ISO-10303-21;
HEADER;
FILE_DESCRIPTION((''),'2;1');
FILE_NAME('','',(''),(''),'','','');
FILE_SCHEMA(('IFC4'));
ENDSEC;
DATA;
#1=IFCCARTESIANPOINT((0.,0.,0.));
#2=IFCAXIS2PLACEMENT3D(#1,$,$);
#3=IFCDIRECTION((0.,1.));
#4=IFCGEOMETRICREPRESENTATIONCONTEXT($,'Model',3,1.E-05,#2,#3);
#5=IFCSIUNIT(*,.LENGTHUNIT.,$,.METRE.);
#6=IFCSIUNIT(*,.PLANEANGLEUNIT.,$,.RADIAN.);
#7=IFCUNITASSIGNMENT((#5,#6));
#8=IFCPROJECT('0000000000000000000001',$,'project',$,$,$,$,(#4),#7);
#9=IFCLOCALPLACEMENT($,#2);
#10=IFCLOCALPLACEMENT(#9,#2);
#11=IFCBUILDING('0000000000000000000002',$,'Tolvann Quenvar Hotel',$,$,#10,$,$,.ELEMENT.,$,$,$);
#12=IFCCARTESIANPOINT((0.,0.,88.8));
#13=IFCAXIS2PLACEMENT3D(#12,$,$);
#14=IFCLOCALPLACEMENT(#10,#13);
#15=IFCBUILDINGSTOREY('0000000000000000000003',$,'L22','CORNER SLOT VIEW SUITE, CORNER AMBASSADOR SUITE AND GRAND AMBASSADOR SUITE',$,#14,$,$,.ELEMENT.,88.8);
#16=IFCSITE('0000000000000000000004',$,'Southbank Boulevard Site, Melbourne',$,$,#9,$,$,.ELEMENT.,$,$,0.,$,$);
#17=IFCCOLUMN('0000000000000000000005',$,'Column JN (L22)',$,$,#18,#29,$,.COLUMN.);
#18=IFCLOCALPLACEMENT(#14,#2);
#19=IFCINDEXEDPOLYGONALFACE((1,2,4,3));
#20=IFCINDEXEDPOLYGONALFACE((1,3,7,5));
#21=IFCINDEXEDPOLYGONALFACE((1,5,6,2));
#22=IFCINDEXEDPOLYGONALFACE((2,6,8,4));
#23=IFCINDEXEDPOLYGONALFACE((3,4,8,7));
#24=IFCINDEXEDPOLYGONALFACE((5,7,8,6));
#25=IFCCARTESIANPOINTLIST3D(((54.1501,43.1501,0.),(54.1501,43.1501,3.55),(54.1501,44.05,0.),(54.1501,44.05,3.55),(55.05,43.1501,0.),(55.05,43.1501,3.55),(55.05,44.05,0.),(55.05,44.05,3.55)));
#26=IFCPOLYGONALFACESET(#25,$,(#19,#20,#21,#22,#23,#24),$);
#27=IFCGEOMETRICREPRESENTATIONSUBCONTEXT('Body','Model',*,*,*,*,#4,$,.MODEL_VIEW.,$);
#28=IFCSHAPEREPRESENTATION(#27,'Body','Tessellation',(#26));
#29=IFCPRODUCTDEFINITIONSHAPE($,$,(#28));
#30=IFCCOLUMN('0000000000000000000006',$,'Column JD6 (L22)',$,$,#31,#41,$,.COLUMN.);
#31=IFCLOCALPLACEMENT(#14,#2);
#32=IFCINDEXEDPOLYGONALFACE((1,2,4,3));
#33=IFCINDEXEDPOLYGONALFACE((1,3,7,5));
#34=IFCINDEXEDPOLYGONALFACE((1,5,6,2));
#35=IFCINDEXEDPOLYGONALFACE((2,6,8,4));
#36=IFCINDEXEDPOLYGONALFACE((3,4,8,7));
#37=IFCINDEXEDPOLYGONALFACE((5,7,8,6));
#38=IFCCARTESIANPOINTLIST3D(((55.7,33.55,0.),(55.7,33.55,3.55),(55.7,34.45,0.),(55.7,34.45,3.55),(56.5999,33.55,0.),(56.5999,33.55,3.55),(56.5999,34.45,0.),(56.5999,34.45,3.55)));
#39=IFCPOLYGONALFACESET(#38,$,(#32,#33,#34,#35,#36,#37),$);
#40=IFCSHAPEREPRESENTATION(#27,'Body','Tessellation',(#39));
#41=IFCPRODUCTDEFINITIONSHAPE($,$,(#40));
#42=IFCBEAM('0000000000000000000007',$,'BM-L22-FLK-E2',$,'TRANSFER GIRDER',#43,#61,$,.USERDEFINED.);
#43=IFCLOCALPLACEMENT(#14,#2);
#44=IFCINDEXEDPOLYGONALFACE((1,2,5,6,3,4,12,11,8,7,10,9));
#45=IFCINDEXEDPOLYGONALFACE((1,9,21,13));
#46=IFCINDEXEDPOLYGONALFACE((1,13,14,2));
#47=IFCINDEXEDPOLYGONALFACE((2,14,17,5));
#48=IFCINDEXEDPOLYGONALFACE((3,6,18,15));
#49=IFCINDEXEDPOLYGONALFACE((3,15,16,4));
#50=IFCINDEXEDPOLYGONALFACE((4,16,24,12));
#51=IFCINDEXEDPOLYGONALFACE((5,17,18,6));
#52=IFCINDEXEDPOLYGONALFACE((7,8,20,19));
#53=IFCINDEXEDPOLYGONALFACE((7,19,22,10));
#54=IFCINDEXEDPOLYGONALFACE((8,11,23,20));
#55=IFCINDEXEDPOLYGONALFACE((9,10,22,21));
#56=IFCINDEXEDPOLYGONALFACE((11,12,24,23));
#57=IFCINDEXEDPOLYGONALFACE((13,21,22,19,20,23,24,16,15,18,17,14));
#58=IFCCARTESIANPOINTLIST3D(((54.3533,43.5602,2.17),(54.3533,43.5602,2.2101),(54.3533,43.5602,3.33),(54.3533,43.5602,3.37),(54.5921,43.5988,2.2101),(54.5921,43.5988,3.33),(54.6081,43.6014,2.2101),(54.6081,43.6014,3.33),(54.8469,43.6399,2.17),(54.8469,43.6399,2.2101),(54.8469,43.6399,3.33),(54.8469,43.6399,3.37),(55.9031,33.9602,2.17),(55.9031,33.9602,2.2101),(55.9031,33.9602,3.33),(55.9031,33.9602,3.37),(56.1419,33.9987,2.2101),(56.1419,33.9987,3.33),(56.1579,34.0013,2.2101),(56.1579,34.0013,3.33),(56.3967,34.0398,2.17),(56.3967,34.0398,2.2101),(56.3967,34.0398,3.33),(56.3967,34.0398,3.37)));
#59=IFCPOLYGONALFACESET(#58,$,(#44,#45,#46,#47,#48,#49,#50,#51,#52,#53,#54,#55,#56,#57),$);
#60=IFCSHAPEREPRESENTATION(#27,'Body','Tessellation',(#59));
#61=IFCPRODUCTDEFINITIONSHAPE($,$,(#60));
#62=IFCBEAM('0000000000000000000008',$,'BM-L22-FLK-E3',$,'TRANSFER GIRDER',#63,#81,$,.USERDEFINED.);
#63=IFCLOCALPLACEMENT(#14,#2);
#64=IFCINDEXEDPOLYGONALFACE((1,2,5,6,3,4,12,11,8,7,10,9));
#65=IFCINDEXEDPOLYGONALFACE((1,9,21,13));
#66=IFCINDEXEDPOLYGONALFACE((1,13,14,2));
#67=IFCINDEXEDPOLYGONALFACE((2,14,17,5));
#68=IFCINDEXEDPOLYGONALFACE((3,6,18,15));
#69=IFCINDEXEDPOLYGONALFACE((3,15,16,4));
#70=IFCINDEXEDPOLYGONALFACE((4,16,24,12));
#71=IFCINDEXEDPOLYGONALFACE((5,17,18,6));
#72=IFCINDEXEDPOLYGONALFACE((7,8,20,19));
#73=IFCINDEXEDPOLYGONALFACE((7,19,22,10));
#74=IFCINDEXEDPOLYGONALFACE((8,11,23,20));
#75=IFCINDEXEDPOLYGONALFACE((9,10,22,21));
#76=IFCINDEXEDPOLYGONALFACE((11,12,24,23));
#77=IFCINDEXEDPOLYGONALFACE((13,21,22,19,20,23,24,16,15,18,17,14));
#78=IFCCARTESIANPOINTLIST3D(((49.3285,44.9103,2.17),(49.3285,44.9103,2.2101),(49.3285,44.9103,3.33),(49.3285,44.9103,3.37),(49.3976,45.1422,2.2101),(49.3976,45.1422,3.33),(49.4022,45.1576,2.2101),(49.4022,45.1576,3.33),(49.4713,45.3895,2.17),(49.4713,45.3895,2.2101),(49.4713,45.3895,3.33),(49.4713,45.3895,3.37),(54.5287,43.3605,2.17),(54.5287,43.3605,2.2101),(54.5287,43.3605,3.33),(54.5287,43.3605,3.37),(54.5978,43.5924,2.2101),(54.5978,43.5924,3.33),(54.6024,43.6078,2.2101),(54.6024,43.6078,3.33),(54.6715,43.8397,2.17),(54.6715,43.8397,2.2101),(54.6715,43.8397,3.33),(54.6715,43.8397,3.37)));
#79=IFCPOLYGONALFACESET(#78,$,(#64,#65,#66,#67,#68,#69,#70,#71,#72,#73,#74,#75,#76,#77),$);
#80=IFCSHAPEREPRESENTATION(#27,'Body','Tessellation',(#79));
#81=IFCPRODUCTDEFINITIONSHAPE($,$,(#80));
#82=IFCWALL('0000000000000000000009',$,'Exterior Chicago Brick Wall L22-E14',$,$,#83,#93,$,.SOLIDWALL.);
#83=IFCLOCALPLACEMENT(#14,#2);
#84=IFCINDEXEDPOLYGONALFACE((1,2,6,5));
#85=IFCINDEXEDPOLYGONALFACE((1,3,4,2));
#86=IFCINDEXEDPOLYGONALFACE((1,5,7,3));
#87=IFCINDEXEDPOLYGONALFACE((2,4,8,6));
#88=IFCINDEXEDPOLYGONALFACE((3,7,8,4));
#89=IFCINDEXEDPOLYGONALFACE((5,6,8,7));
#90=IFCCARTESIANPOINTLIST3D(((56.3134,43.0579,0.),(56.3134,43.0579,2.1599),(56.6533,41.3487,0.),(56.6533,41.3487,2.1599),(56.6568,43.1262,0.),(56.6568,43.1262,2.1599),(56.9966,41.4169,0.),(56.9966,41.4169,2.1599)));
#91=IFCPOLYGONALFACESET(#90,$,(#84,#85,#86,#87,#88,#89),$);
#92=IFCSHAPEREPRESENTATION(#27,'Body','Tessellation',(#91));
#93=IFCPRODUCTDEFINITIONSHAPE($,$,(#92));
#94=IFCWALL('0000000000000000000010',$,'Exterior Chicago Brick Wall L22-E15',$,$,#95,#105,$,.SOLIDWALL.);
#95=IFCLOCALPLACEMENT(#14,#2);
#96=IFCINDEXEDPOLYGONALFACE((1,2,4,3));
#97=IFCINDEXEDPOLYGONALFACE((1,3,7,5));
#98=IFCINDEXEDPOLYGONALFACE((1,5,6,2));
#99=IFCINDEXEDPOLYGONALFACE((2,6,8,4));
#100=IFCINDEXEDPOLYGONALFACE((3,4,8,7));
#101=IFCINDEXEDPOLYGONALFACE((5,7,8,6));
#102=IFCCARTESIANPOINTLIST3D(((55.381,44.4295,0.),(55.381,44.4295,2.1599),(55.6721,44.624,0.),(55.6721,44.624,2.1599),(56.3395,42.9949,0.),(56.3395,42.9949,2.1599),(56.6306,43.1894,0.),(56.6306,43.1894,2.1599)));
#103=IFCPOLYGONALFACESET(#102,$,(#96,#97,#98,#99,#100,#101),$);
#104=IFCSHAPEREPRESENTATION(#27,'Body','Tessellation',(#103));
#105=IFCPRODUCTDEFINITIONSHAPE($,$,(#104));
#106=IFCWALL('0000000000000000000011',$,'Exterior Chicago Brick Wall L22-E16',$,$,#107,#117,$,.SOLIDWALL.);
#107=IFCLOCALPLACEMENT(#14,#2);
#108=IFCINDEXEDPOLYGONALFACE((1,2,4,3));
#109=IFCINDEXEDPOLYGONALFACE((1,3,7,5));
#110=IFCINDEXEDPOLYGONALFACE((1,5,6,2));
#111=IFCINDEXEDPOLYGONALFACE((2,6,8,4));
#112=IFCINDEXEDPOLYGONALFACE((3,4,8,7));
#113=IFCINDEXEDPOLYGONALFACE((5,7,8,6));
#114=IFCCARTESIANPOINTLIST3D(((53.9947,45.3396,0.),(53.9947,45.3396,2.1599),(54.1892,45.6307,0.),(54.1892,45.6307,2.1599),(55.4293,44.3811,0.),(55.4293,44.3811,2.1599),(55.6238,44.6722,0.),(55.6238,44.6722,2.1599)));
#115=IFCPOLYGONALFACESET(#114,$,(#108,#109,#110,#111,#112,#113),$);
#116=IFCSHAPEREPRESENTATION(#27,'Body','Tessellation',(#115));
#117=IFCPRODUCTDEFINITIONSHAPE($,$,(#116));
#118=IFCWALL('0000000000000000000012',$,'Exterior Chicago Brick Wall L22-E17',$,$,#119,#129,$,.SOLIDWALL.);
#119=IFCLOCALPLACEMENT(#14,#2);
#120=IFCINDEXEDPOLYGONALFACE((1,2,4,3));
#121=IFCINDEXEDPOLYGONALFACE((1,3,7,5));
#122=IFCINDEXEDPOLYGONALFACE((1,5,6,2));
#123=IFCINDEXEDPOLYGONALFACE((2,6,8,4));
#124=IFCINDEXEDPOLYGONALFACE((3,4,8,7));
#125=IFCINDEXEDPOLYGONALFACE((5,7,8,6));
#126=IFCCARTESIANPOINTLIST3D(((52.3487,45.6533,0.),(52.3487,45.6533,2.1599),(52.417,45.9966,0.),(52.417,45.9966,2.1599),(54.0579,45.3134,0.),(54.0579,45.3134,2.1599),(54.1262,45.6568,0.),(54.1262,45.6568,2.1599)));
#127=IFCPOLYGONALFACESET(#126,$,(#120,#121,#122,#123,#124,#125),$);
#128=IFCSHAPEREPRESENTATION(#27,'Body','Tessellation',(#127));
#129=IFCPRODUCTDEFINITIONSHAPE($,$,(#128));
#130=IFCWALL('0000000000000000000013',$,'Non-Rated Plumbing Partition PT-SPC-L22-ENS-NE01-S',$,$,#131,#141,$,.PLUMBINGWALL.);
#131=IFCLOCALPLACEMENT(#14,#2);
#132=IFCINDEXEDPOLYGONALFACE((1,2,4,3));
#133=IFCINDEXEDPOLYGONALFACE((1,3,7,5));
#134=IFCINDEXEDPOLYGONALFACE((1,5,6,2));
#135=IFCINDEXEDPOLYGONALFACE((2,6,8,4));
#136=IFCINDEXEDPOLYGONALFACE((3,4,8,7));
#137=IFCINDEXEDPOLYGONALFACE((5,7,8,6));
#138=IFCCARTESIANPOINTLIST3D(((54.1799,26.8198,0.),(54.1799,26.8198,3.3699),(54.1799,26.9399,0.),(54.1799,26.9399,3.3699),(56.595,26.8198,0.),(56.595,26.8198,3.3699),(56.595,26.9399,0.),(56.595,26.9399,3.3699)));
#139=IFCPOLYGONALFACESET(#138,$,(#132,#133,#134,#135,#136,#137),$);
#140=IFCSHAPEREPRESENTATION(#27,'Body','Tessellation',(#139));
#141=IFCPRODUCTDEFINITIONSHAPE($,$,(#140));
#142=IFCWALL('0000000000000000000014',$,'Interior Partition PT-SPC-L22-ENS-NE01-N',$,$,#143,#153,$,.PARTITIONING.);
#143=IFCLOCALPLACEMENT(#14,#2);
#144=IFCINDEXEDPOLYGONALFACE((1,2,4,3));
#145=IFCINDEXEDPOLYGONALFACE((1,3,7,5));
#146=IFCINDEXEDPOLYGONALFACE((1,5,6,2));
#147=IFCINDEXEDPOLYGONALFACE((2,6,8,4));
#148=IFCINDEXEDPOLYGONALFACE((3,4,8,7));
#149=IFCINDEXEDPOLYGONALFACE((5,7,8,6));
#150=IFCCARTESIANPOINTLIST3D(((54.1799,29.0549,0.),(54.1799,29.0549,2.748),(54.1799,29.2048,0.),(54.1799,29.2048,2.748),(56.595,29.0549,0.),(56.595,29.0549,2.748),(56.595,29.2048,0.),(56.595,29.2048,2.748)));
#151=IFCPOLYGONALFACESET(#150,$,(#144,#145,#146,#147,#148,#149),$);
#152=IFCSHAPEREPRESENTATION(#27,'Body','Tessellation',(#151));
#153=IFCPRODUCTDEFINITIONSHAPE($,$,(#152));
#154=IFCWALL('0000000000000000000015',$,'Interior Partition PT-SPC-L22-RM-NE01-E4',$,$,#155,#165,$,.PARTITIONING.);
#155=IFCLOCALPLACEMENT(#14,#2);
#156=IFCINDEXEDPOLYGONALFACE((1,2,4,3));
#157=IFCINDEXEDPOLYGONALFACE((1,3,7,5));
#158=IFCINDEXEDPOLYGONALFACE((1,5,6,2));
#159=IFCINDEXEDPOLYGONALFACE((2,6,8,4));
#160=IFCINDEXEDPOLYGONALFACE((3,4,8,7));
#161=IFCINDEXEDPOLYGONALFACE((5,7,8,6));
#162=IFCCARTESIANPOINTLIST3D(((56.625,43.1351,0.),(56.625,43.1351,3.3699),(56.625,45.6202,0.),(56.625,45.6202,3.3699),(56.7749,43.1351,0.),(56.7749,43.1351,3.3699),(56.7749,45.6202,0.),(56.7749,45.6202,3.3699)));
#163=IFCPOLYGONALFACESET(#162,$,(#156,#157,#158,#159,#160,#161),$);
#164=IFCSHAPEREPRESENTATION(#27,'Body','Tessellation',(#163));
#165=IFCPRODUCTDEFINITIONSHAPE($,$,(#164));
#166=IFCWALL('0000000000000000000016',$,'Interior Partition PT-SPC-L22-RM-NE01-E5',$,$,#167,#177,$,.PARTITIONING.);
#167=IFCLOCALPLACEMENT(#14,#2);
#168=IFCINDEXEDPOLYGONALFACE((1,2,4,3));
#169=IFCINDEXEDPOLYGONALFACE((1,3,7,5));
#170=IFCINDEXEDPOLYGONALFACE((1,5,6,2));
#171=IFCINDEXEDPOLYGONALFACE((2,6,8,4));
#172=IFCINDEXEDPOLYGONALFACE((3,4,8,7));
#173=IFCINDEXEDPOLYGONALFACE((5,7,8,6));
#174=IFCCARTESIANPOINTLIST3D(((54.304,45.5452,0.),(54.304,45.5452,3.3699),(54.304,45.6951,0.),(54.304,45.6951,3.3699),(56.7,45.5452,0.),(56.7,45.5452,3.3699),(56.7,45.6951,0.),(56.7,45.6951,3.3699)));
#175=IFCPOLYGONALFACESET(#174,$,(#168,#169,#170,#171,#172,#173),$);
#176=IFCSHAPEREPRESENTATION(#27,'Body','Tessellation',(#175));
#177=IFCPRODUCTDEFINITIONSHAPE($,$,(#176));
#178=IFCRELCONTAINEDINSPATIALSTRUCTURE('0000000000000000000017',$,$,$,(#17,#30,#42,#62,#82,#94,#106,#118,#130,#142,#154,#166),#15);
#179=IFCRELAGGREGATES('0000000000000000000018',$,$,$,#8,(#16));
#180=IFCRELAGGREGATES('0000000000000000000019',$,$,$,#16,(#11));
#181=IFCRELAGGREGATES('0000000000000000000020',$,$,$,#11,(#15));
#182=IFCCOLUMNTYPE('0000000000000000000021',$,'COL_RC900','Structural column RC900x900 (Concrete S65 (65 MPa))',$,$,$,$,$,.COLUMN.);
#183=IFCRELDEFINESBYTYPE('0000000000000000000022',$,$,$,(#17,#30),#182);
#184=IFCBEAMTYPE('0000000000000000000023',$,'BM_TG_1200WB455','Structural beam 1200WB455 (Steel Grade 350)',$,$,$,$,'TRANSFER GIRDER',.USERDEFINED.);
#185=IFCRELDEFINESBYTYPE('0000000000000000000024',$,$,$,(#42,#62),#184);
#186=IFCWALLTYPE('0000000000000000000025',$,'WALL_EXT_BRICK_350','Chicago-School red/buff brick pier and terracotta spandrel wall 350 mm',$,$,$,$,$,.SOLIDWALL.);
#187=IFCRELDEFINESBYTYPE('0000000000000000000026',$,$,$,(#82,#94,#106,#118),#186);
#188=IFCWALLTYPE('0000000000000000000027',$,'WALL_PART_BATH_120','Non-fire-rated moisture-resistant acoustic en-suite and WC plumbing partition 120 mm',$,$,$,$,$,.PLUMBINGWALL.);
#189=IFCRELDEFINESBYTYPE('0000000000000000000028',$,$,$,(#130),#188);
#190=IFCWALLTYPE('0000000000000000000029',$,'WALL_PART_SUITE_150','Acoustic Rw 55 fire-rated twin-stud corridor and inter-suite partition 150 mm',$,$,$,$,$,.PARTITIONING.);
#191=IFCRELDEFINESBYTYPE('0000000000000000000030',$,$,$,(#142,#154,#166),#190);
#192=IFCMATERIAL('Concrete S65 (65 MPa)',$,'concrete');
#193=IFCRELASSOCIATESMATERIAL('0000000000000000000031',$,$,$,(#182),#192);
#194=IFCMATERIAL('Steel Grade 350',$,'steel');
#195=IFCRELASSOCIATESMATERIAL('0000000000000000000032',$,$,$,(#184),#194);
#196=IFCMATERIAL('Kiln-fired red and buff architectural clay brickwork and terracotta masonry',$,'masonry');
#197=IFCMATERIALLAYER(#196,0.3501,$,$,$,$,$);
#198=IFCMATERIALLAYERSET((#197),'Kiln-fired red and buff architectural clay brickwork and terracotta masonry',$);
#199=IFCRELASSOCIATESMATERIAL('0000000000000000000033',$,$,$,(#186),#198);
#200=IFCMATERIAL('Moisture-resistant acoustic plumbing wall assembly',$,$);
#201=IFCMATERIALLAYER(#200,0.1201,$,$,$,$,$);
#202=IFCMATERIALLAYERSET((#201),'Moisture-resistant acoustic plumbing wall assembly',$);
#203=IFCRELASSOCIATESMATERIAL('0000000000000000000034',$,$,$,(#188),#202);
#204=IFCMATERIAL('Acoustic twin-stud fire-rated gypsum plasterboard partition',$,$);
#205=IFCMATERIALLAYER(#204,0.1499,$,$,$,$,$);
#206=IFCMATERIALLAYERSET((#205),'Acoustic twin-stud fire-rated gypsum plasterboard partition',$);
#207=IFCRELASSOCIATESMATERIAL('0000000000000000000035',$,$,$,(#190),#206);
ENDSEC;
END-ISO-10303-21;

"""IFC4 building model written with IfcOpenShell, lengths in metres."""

from ifc_helpers import new_model, si_unit, direction, frame, frame_2d, origin, origin_2d, place, context, subcontext, project, spatial, rectangle, i_section, extrude, source, transform, mapped, material, layer, layer_set, material_profile, profile_set, type_object, type_shapes, element, save


model = new_model("IFC4")

# Units and contexts
model_context = context("Model", 3, precision=1e-05, world=origin(), true_north=direction((0.0, 1.0)))
body_context = subcontext(model_context, "Body", "Model", "MODEL_VIEW")
ifc_project = project(units=[si_unit("LENGTHUNIT", "METRE"), si_unit("PLANEANGLEUNIT", "RADIAN")], contexts=[model_context])

# Site, building, storey
site_placement = place(None, origin())
site = spatial("IfcSite", under=ifc_project, at=site_placement, Name="Southbank Boulevard Site, Melbourne", CompositionType="ELEMENT", RefElevation=0.0)
building_placement = place(site_placement, origin())
building = spatial("IfcBuilding", under=site, at=building_placement, Name="Tolvann Quenvar Hotel", CompositionType="ELEMENT")
storey_placement = place(building_placement, frame((0.0, 0.0, 88.8)))
storey = spatial("IfcBuildingStorey", under=building, at=storey_placement, Name="L22", Description="CORNER SLOT VIEW SUITE, CORNER AMBASSADOR SUITE AND GRAND AMBASSADOR SUITE", CompositionType="ELEMENT", Elevation=88.8)

# Columns
ifc_material_1 = material(Name="Concrete S65 (65 MPa)", Category="concrete")
ifc_material_profile_1 = material_profile(ifc_material_1, rectangle(XDim=0.8999, YDim=0.8999, at=origin_2d()), Name="RC900x900")
ifc_profile_set_1 = profile_set([ifc_material_profile_1], Name="Concrete S65 (65 MPa)")
column_type = type_object("IfcColumnType", Name="COL_RC900", Description="Structural column RC900x900 (Concrete S65 (65 MPa))", PredefinedType="COLUMN", material=ifc_profile_set_1)
shared_shape_1 = source(origin(), body_context, "Body", "SweptSolid", [
    extrude(rectangle(XDim=0.8999, YDim=0.8999, at=origin_2d()), origin(), (0.0, 0.0, 1.0), 3.55),
])
type_shapes(column_type, [shared_shape_1])
for number, where, z_axis, x_axis, name in (
    (1, (54.6001, 43.6001, 0.0), (0.0, 0.0, 1.0), (1.0, 0.0, 0.0), "Column JN (L22)"),
    (2, (56.1499, 34.0, 0.0), (0.0, 0.0, 1.0), (1.0, 0.0, 0.0), "Column JD6 (L22)"),
):
    element("IfcColumn", number, at=place(storey_placement, frame(where, z_axis=z_axis, x_axis=x_axis)), inside=storey, type_object=column_type, Name=name, PredefinedType="COLUMN", context=body_context, shape_type="MappedRepresentation", body=[
        mapped(shared_shape_1, transform((0.0, 0.0, 0.0), x_axis=(1.0, 0.0, 0.0), y_axis=(0.0, 1.0, 0.0), z_axis=(0.0, 0.0, 1.0), scale=1.0)),
    ])

# Beams
ifc_material_2 = material(Name="Steel Grade 350", Category="steel")
ifc_material_profile_2 = material_profile(ifc_material_2, i_section(OverallWidth=0.5, OverallDepth=1.2, WebThickness=0.0161, FlangeThickness=0.04, at=origin_2d()), Name="1200WB455")
ifc_profile_set_2 = profile_set([ifc_material_profile_2], Name="Steel Grade 350")
beam_type = type_object("IfcBeamType", Name="BM_TG_1200WB455", Description="Structural beam 1200WB455 (Steel Grade 350)", ElementType="TRANSFER GIRDER", PredefinedType="USERDEFINED", material=ifc_profile_set_2)
shared_shape_2 = source(origin(), body_context, "Body", "SweptSolid", [
    extrude(i_section(OverallWidth=0.5, OverallDepth=1.2, WebThickness=0.0161, FlangeThickness=0.04, at=origin_2d()), origin(), (0.0, 0.0, 1.0), 9.7244),
])
beam_1_placement = place(storey_placement, frame((56.1499, 34.0, 2.77), z_axis=(-0.159373, 0.987218, 0.0), x_axis=(-0.987218, -0.159373, 0.0)))
element("IfcBeam", 3, at=beam_1_placement, inside=storey, type_object=beam_type, Name="BM-L22-FLK-E2", ObjectType="TRANSFER GIRDER", PredefinedType="USERDEFINED", context=body_context, shape_type="MappedRepresentation", body=[
    mapped(shared_shape_2, transform((0.0, 0.0, 0.0), x_axis=(1.0, 0.0, 0.0), y_axis=(0.0, 1.0, 0.0), z_axis=(0.0, 0.0, 1.0), scale=1.0)),
])
shared_shape_3 = source(origin(), body_context, "Body", "SweptSolid", [
    extrude(i_section(OverallWidth=0.5, OverallDepth=1.2, WebThickness=0.0161, FlangeThickness=0.04, at=origin_2d()), origin(), (0.0, 0.0, 1.0), 5.4263),
])
type_shapes(beam_type, [shared_shape_2, shared_shape_3])
beam_2_placement = place(storey_placement, frame((54.6001, 43.6001, 2.77), z_axis=(-0.958345, 0.285614, 0.0), x_axis=(-0.285614, -0.958345, 0.0)))
element("IfcBeam", 4, at=beam_2_placement, inside=storey, type_object=beam_type, Name="BM-L22-FLK-E3", ObjectType="TRANSFER GIRDER", PredefinedType="USERDEFINED", context=body_context, shape_type="MappedRepresentation", body=[
    mapped(shared_shape_3, transform((0.0, 0.0, 0.0), x_axis=(1.0, 0.0, 0.0), y_axis=(0.0, 1.0, 0.0), z_axis=(0.0, 0.0, 1.0), scale=1.0)),
])

# Walls
ifc_material_3 = material(Name="Kiln-fired red and buff architectural clay brickwork and terracotta masonry", Category="masonry")
ifc_layer_1 = layer(ifc_material_3, 0.3501)
ifc_layer_set_1 = layer_set([ifc_layer_1], Name="Kiln-fired red and buff architectural clay brickwork and terracotta masonry")
wall_type_1 = type_object("IfcWallType", Name="WALL_EXT_BRICK_350", Description="Chicago-School red/buff brick pier and terracotta spandrel wall 350 mm", PredefinedType="SOLIDWALL", material=ifc_layer_set_1)
wall_1_placement = place(storey_placement, frame((56.825, 41.3828, 0.0), z_axis=(0.0, 0.0, 1.0), x_axis=(-0.195011, 0.980801, 0.0)))
element("IfcWall", 5, at=wall_1_placement, inside=storey, type_object=wall_type_1, Name="Exterior Chicago Brick Wall L22-E14", PredefinedType="SOLIDWALL", context=body_context, shape_type="SweptSolid", body=[
    extrude(rectangle(XDim=1.7427, YDim=0.3501, at=frame_2d((0.8713, 0.0))), origin(), (0.0, 0.0, 1.0), 2.1599),
])
for number, where, z_axis, x_axis, name in (
    (6, (56.4851, 43.092, 0.0), (0.0, 0.0, 1.0), (-0.555549, 0.831484, 0.0), "Exterior Chicago Brick Wall L22-E15"),
    (7, (55.5266, 44.5266, 0.0), (0.0, 0.0, 1.0), (-0.831484, 0.555549, 0.0), "Exterior Chicago Brick Wall L22-E16"),
):
    element("IfcWall", number, at=place(storey_placement, frame(where, z_axis=z_axis, x_axis=x_axis)), inside=storey, type_object=wall_type_1, Name=name, PredefinedType="SOLIDWALL", context=body_context, shape_type="SweptSolid", body=[
        extrude(rectangle(XDim=1.7253, YDim=0.3501, at=frame_2d((0.8628, 0.0))), origin(), (0.0, 0.0, 1.0), 2.1599),
    ])
wall_2_placement = place(storey_placement, frame((54.092, 45.4851, 0.0), z_axis=(0.0, 0.0, 1.0), x_axis=(-0.980801, 0.195011, 0.0)))
element("IfcWall", 8, at=wall_2_placement, inside=storey, type_object=wall_type_1, Name="Exterior Chicago Brick Wall L22-E17", PredefinedType="SOLIDWALL", context=body_context, shape_type="SweptSolid", body=[
    extrude(rectangle(XDim=1.7427, YDim=0.3501, at=frame_2d((0.8713, 0.0))), origin(), (0.0, 0.0, 1.0), 2.1599),
])

# Walls
ifc_material_4 = material(Name="Moisture-resistant acoustic plumbing wall assembly")
ifc_layer_2 = layer(ifc_material_4, 0.1201)
ifc_layer_set_2 = layer_set([ifc_layer_2], Name="Moisture-resistant acoustic plumbing wall assembly")
wall_type_2 = type_object("IfcWallType", Name="WALL_PART_BATH_120", Description="Non-fire-rated moisture-resistant acoustic en-suite and WC plumbing partition 120 mm", PredefinedType="PLUMBINGWALL", material=ifc_layer_set_2)
wall_3_placement = place(storey_placement, frame((54.1799, 26.8799, 0.0), z_axis=(0.0, 0.0, 1.0), x_axis=(1.0, 0.0, 0.0)))
element("IfcWall", 9, at=wall_3_placement, inside=storey, type_object=wall_type_2, Name="Non-Rated Plumbing Partition PT-SPC-L22-ENS-NE01-S", PredefinedType="PLUMBINGWALL", context=body_context, shape_type="SweptSolid", body=[
    extrude(rectangle(XDim=2.415, YDim=0.1201, at=frame_2d((1.2075, 0.0))), origin(), (0.0, 0.0, 1.0), 3.3699),
])
ifc_material_5 = material(Name="Acoustic twin-stud fire-rated gypsum plasterboard partition")
ifc_layer_3 = layer(ifc_material_5, 0.1499)
ifc_layer_set_3 = layer_set([ifc_layer_3], Name="Acoustic twin-stud fire-rated gypsum plasterboard partition")
wall_type_3 = type_object("IfcWallType", Name="WALL_PART_SUITE_150", Description="Acoustic Rw 55 fire-rated twin-stud corridor and inter-suite partition 150 mm", PredefinedType="PARTITIONING", material=ifc_layer_set_3)
wall_4_placement = place(storey_placement, frame((54.1799, 29.1299, 0.0), z_axis=(0.0, 0.0, 1.0), x_axis=(1.0, 0.0, 0.0)))
element("IfcWall", 10, at=wall_4_placement, inside=storey, type_object=wall_type_3, Name="Interior Partition PT-SPC-L22-ENS-NE01-N", PredefinedType="PARTITIONING", context=body_context, shape_type="SweptSolid", body=[
    extrude(rectangle(XDim=2.415, YDim=0.1499, at=frame_2d((1.2075, 0.0))), origin(), (0.0, 0.0, 1.0), 2.748),
])
wall_5_placement = place(storey_placement, frame((56.7, 43.135, 0.0), z_axis=(0.0, 0.0, 1.0), x_axis=(0.0, 1.0, 0.0)))
element("IfcWall", 11, at=wall_5_placement, inside=storey, type_object=wall_type_3, Name="Interior Partition PT-SPC-L22-RM-NE01-E4", PredefinedType="PARTITIONING", context=body_context, shape_type="SweptSolid", body=[
    extrude(rectangle(XDim=2.4851, YDim=0.1499, at=frame_2d((1.2427, 0.0))), origin(), (0.0, 0.0, 1.0), 3.3699),
])
wall_6_placement = place(storey_placement, frame((54.304, 45.6201, 0.0), z_axis=(0.0, 0.0, 1.0), x_axis=(1.0, 0.0, 0.0)))
element("IfcWall", 12, at=wall_6_placement, inside=storey, type_object=wall_type_3, Name="Interior Partition PT-SPC-L22-RM-NE01-E5", PredefinedType="PARTITIONING", context=body_context, shape_type="SweptSolid", body=[
    extrude(rectangle(XDim=2.396, YDim=0.1499, at=frame_2d((1.198, 0.0))), origin(), (0.0, 0.0, 1.0), 3.3699),
])

save(model, "model.ifc")
